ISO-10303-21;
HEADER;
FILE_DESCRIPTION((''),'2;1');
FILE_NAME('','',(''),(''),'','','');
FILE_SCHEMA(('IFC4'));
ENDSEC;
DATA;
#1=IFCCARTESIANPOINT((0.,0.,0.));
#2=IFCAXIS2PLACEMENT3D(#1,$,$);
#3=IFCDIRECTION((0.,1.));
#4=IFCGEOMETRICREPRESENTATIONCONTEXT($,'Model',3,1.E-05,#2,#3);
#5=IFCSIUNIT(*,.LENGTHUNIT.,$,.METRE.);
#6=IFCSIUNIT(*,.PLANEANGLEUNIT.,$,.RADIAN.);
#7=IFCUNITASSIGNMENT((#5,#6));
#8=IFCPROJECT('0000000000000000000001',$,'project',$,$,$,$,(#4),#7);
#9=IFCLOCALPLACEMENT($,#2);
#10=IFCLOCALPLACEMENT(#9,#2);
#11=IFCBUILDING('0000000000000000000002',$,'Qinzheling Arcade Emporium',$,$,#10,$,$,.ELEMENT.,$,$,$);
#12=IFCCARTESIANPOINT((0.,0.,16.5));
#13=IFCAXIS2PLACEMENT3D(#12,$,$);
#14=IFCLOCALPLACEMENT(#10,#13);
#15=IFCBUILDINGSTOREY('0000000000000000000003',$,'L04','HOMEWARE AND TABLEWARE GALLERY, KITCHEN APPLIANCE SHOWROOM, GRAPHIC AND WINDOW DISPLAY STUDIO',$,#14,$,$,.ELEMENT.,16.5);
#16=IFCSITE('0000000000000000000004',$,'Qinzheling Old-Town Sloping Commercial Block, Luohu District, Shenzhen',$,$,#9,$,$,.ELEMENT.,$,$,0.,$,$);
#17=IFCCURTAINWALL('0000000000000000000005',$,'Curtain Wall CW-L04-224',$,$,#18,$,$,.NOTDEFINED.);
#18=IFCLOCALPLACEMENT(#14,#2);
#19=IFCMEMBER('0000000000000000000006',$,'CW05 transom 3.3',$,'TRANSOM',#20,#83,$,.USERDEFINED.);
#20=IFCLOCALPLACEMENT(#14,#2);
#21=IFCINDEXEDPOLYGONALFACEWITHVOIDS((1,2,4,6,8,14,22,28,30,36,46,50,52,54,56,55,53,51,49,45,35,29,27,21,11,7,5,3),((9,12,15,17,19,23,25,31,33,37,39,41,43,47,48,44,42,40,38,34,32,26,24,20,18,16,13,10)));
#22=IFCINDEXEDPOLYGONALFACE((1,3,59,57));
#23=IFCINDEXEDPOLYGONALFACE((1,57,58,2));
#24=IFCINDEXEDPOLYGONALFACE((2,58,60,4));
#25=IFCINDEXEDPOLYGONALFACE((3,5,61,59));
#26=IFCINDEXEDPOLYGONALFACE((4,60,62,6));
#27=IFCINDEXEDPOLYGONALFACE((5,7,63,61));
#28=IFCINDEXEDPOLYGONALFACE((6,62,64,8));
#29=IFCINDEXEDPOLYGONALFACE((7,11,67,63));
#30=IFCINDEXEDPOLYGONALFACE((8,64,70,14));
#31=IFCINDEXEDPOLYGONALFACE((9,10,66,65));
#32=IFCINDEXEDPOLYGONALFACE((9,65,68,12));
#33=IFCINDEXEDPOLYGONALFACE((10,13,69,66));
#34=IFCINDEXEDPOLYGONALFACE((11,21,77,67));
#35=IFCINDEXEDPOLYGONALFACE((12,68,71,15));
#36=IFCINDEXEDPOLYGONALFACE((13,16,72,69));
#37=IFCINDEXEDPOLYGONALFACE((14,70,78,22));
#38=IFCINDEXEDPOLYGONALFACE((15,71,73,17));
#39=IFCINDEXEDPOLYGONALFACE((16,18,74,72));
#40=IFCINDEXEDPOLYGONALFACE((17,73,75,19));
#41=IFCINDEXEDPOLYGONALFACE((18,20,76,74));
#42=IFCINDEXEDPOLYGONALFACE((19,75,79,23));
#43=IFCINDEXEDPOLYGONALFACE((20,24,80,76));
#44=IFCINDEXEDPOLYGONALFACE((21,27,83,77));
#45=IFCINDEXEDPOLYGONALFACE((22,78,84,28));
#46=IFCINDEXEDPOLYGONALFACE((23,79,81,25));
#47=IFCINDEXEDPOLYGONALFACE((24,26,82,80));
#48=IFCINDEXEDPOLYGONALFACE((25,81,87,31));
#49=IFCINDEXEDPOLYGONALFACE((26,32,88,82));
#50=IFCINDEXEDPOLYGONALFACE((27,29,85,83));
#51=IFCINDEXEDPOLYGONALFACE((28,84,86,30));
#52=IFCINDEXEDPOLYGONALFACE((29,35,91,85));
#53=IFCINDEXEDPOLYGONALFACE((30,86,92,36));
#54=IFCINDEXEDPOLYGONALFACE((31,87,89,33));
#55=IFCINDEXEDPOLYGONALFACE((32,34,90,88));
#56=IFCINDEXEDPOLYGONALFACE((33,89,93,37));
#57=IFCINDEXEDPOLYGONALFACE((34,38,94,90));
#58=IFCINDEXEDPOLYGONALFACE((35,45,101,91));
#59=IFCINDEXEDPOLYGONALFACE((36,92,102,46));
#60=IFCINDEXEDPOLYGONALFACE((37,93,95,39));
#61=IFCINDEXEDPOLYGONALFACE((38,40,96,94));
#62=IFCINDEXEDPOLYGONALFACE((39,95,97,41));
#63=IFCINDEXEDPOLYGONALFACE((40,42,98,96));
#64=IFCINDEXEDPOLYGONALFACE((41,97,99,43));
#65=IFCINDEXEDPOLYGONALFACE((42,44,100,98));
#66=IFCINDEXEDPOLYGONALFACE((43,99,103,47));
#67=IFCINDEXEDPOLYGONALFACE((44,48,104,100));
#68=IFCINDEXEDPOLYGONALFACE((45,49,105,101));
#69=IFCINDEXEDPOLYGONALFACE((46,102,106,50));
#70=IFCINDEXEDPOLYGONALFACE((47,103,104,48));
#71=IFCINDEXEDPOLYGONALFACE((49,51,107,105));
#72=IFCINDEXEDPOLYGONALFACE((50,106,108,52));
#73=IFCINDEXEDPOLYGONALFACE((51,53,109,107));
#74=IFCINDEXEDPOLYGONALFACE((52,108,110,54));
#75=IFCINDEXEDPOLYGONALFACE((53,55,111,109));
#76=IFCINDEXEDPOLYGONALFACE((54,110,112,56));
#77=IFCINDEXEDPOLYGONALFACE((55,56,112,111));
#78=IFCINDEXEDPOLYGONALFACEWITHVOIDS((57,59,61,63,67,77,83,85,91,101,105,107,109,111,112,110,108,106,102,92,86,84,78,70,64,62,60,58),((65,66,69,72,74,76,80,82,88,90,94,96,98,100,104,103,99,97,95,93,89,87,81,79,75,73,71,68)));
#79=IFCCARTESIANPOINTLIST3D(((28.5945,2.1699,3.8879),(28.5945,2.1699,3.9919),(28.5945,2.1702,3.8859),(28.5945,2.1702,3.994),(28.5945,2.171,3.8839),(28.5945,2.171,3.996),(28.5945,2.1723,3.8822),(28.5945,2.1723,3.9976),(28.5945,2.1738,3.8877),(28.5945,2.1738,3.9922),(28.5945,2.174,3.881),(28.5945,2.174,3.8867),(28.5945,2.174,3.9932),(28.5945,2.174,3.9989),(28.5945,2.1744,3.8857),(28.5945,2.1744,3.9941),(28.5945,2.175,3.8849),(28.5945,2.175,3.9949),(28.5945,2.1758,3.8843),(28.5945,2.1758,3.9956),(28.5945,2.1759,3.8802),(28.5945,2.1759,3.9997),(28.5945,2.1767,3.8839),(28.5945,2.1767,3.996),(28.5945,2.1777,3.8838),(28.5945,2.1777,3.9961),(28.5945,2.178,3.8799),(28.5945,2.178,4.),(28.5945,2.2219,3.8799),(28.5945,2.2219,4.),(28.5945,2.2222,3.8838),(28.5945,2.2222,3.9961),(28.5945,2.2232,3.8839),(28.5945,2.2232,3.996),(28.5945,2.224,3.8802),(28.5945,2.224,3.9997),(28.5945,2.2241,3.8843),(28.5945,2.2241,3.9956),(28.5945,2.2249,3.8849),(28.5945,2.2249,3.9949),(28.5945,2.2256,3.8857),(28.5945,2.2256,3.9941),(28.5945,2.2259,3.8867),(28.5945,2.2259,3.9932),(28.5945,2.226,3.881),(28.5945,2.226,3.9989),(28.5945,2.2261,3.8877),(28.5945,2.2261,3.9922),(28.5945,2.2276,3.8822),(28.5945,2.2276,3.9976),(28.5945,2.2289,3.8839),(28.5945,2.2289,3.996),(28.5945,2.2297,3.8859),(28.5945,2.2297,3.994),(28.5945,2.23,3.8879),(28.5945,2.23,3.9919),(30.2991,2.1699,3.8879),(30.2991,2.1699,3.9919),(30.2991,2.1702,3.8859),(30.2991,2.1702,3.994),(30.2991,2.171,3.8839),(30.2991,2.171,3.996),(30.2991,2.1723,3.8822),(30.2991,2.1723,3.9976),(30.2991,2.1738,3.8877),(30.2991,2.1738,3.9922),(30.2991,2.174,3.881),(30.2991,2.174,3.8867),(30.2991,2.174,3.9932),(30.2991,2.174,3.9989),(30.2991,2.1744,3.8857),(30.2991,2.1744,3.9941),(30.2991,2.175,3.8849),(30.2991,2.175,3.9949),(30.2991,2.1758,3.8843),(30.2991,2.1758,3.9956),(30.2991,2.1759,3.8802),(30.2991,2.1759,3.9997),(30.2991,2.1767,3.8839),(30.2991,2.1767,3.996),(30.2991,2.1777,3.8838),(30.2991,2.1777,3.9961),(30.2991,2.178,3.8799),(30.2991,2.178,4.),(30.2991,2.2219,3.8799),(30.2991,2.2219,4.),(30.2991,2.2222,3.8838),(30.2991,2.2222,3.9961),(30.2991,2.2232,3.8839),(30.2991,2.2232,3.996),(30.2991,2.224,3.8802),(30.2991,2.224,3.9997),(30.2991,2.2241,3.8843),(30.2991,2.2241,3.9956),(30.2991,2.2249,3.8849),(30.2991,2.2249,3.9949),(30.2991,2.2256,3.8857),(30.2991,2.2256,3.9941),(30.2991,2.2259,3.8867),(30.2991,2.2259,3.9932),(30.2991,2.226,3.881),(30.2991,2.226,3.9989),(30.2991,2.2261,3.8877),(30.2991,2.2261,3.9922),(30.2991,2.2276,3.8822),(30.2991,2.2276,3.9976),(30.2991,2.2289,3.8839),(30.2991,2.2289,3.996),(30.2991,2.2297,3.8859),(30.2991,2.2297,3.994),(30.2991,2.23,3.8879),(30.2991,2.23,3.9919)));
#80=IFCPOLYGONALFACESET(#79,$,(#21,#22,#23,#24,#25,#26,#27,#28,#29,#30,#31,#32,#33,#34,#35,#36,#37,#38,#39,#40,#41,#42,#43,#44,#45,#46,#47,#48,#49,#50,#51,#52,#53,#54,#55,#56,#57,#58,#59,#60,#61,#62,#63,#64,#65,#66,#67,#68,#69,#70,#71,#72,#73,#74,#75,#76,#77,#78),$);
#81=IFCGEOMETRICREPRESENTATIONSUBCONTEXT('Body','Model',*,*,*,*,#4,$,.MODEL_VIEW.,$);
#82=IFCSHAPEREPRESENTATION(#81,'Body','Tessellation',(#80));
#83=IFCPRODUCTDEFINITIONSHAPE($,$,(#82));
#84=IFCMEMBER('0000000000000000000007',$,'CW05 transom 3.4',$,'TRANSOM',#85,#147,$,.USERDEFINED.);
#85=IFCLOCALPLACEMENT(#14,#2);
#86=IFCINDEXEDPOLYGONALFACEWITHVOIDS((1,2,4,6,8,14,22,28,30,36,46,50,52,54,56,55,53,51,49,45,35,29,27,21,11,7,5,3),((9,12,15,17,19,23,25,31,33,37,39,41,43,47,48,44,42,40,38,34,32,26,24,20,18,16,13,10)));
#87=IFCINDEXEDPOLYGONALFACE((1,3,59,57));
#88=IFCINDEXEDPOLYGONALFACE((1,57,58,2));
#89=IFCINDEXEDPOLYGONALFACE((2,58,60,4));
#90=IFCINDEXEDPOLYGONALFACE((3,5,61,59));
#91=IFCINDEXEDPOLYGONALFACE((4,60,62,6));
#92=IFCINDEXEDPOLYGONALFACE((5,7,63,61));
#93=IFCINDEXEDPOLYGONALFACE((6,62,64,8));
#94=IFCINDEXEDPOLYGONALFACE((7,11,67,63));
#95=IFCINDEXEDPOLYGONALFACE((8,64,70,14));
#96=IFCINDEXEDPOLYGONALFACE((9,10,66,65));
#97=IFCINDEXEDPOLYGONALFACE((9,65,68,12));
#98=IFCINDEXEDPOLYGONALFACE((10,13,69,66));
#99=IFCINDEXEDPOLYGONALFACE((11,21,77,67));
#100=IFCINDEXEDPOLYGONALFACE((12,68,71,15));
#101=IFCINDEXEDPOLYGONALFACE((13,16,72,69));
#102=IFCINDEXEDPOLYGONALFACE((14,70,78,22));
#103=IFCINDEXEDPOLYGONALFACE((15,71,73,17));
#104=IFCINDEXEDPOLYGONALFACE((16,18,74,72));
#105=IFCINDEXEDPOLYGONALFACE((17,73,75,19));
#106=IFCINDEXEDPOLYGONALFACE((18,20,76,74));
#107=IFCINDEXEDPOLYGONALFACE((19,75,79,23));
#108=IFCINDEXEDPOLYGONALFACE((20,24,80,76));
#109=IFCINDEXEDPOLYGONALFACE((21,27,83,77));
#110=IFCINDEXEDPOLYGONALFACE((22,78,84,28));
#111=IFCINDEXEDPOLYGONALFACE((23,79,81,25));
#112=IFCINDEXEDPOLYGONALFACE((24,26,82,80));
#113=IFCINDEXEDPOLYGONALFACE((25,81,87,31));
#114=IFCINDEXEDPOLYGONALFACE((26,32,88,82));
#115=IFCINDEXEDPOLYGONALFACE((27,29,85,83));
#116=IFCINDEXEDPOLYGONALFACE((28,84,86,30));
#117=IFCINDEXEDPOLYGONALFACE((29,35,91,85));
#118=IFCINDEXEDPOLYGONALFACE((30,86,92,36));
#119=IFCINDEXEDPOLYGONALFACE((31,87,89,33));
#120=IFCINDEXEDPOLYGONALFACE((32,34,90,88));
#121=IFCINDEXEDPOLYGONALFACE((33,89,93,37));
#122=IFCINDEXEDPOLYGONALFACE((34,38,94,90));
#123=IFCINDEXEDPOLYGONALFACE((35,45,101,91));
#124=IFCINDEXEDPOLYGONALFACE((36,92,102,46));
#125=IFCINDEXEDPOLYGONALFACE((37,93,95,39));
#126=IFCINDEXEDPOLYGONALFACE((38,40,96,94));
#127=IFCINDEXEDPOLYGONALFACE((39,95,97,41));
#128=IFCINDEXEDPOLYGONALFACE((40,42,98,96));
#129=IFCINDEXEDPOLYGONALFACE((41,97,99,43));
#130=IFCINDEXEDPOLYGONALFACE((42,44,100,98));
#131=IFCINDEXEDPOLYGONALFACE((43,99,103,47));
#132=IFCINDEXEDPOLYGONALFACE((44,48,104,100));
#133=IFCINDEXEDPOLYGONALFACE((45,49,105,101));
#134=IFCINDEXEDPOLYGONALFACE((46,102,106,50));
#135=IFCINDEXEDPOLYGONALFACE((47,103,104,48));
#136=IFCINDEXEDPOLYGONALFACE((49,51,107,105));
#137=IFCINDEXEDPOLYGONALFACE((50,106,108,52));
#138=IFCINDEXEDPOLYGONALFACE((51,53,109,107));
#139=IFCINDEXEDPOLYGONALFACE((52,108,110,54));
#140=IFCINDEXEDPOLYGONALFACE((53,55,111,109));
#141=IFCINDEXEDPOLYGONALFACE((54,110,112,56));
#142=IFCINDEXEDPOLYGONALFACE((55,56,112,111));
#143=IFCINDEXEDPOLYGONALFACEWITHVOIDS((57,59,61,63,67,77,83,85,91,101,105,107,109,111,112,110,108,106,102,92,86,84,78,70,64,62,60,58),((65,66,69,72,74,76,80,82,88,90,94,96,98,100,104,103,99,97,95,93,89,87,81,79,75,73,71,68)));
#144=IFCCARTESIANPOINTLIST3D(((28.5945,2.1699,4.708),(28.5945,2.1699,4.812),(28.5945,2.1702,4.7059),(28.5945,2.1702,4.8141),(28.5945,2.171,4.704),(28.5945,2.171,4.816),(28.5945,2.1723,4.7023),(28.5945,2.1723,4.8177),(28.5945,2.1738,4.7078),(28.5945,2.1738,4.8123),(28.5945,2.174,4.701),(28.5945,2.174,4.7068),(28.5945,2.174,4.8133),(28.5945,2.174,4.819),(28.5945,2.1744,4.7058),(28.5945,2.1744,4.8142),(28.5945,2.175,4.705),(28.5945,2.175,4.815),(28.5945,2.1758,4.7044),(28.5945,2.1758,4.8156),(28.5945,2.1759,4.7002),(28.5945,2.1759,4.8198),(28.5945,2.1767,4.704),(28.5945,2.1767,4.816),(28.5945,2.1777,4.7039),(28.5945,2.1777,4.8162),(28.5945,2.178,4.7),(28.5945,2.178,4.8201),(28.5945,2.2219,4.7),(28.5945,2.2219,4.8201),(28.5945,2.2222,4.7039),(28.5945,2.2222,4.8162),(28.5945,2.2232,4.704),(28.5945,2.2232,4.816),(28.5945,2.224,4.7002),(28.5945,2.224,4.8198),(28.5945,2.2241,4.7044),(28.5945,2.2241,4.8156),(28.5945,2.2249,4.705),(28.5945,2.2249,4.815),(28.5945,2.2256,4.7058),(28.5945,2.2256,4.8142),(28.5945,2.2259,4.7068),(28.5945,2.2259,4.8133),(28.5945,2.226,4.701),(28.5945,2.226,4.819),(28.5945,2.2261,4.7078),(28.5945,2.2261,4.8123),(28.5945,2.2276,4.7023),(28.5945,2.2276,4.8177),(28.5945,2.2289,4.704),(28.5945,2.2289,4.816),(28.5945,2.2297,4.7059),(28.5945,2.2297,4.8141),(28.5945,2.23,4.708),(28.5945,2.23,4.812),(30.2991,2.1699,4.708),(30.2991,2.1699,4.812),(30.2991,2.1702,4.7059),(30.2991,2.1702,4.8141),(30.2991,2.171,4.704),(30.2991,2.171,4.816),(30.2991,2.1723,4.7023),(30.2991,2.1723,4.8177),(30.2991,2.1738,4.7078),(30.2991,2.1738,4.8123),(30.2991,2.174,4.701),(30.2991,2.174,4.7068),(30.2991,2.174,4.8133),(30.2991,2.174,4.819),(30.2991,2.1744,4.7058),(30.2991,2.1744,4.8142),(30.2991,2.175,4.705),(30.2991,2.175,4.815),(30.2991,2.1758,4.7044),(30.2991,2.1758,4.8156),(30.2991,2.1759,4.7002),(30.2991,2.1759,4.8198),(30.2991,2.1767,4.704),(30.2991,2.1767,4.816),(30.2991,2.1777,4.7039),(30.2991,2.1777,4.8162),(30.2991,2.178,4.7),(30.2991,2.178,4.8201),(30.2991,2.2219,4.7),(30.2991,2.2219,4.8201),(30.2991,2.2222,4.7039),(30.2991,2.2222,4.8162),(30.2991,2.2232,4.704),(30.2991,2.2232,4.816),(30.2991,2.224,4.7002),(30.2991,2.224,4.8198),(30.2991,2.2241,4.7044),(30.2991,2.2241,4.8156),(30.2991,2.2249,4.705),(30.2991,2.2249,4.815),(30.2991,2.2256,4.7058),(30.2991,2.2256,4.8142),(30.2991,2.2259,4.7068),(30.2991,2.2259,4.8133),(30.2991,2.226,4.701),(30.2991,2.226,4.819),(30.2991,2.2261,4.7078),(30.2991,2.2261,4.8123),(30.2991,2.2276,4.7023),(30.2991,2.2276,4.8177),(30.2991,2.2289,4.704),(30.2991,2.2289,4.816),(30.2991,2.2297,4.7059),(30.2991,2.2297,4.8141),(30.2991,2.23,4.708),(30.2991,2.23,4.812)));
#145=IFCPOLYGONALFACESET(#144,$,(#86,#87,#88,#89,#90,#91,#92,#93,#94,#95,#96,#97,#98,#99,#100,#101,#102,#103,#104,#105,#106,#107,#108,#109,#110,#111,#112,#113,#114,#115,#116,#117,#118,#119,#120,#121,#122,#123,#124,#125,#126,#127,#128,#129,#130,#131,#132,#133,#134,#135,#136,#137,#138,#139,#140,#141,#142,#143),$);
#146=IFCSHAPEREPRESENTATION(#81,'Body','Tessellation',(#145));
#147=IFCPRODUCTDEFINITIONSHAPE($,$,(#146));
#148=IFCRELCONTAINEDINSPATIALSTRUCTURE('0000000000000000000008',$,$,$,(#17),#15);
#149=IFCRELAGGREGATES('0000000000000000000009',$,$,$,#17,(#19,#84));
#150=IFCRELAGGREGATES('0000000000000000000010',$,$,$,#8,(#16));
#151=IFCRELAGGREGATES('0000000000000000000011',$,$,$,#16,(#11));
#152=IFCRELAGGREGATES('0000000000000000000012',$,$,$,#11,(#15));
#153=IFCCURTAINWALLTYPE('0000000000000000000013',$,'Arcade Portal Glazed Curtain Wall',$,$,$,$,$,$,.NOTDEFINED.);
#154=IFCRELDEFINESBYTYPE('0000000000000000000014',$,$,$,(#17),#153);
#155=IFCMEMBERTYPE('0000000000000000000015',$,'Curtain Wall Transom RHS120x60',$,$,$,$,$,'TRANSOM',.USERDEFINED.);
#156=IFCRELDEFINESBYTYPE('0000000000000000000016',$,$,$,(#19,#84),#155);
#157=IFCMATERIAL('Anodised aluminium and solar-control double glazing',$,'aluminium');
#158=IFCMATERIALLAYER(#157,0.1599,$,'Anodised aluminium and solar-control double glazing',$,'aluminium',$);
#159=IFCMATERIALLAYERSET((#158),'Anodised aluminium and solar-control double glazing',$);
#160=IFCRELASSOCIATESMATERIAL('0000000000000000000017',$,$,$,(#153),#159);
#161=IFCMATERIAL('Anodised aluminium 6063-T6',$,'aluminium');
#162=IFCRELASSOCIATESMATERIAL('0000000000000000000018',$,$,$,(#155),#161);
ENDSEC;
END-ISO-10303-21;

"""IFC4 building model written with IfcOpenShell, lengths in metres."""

from ifc_helpers import new_model, si_unit, direction, frame, origin, origin_2d, place, context, subcontext, project, spatial, hollow_rectangle, extrude, material, layer, layer_set, material_profile, profile_set, type_object, element, aggregate, save


model = new_model("IFC4")

# Units and contexts
model_context = context("Model", 3, precision=1e-05, world=origin(), true_north=direction((0.0, 1.0)))
body_context = subcontext(model_context, "Body", "Model", "MODEL_VIEW")
ifc_project = project(units=[si_unit("LENGTHUNIT", "METRE"), si_unit("PLANEANGLEUNIT", "RADIAN")], contexts=[model_context])

# Site, building, storey
site_placement = place(None, origin())
site = spatial("IfcSite", under=ifc_project, at=site_placement, Name="Qinzheling Old-Town Sloping Commercial Block, Luohu District, Shenzhen", CompositionType="ELEMENT", RefElevation=0.0)
building_placement = place(site_placement, origin())
building = spatial("IfcBuilding", under=site, at=building_placement, Name="Qinzheling Arcade Emporium", CompositionType="ELEMENT")
storey_placement = place(building_placement, frame((0.0, 0.0, 16.5)))
storey = spatial("IfcBuildingStorey", under=building, at=storey_placement, Name="L04", Description="HOMEWARE AND TABLEWARE GALLERY, KITCHEN APPLIANCE SHOWROOM, GRAPHIC AND WINDOW DISPLAY STUDIO", CompositionType="ELEMENT", Elevation=16.5)

# Shared definitions
ifc_material_1 = material(Name="Anodised aluminium and solar-control double glazing", Category="aluminium")
ifc_layer_1 = layer(ifc_material_1, 0.1599, Name="Anodised aluminium and solar-control double glazing", Category="aluminium")
ifc_layer_set_1 = layer_set([ifc_layer_1], Name="Anodised aluminium and solar-control double glazing")
curtain_wall_type = type_object("IfcCurtainWallType", Name="Arcade Portal Glazed Curtain Wall", PredefinedType="NOTDEFINED", material=ifc_layer_set_1)
ifc_material_2 = material(Name="Anodised aluminium 6063-T6", Category="aluminium")

# Curtain wall
curtain_wall_1_placement = place(storey_placement, origin())
curtain_wall_1 = element("IfcCurtainWall", 1, at=curtain_wall_1_placement, inside=storey, type_object=curtain_wall_type, Name="Curtain Wall CW-L04-224", PredefinedType="NOTDEFINED")

# Members
ifc_material_profile_1 = material_profile(ifc_material_2, hollow_rectangle(XDim=0.0601, YDim=0.1201, WallThickness=0.0039, InnerFilletRadius=0.0039, OuterFilletRadius=0.0081, at=origin_2d()), Name="RHS 120x60x4", Category="aluminium")
ifc_profile_set_1 = profile_set([ifc_material_profile_1], Name="Anodised aluminium 6063-T6")
member_type_1 = type_object("IfcMemberType", Name="Curtain Wall Transom RHS120x60", ElementType="TRANSOM", PredefinedType="USERDEFINED", material=ifc_profile_set_1)
member_1_placement = place(storey_placement, frame((30.2991, 2.2, 3.9399), z_axis=(-1.0, 0.0, 0.0), x_axis=(0.0, -1.0, 0.0)))
member_1 = element("IfcMember", 2, at=member_1_placement, type_object=member_type_1, Name="CW05 transom 3.3", ObjectType="TRANSOM", PredefinedType="USERDEFINED", context=body_context, shape_type="SweptSolid", body=[
    extrude(hollow_rectangle(XDim=0.0601, YDim=0.1201, WallThickness=0.0039, InnerFilletRadius=0.0039, OuterFilletRadius=0.0081, at=origin_2d()), origin(), (0.0, 0.0, 1.0), 1.7046),
])
member_2_placement = place(storey_placement, frame((30.2991, 2.2, 4.76), z_axis=(-1.0, 0.0, 0.0), x_axis=(0.0, -1.0, 0.0)))
member_2 = element("IfcMember", 3, at=member_2_placement, type_object=member_type_1, Name="CW05 transom 3.4", ObjectType="TRANSOM", PredefinedType="USERDEFINED", context=body_context, shape_type="SweptSolid", body=[
    extrude(hollow_rectangle(XDim=0.0601, YDim=0.1201, WallThickness=0.0039, InnerFilletRadius=0.0039, OuterFilletRadius=0.0081, at=origin_2d()), origin(), (0.0, 0.0, 1.0), 1.7046),
])

aggregate(curtain_wall_1, [member_1, member_2])

save(model, "model.ifc")
